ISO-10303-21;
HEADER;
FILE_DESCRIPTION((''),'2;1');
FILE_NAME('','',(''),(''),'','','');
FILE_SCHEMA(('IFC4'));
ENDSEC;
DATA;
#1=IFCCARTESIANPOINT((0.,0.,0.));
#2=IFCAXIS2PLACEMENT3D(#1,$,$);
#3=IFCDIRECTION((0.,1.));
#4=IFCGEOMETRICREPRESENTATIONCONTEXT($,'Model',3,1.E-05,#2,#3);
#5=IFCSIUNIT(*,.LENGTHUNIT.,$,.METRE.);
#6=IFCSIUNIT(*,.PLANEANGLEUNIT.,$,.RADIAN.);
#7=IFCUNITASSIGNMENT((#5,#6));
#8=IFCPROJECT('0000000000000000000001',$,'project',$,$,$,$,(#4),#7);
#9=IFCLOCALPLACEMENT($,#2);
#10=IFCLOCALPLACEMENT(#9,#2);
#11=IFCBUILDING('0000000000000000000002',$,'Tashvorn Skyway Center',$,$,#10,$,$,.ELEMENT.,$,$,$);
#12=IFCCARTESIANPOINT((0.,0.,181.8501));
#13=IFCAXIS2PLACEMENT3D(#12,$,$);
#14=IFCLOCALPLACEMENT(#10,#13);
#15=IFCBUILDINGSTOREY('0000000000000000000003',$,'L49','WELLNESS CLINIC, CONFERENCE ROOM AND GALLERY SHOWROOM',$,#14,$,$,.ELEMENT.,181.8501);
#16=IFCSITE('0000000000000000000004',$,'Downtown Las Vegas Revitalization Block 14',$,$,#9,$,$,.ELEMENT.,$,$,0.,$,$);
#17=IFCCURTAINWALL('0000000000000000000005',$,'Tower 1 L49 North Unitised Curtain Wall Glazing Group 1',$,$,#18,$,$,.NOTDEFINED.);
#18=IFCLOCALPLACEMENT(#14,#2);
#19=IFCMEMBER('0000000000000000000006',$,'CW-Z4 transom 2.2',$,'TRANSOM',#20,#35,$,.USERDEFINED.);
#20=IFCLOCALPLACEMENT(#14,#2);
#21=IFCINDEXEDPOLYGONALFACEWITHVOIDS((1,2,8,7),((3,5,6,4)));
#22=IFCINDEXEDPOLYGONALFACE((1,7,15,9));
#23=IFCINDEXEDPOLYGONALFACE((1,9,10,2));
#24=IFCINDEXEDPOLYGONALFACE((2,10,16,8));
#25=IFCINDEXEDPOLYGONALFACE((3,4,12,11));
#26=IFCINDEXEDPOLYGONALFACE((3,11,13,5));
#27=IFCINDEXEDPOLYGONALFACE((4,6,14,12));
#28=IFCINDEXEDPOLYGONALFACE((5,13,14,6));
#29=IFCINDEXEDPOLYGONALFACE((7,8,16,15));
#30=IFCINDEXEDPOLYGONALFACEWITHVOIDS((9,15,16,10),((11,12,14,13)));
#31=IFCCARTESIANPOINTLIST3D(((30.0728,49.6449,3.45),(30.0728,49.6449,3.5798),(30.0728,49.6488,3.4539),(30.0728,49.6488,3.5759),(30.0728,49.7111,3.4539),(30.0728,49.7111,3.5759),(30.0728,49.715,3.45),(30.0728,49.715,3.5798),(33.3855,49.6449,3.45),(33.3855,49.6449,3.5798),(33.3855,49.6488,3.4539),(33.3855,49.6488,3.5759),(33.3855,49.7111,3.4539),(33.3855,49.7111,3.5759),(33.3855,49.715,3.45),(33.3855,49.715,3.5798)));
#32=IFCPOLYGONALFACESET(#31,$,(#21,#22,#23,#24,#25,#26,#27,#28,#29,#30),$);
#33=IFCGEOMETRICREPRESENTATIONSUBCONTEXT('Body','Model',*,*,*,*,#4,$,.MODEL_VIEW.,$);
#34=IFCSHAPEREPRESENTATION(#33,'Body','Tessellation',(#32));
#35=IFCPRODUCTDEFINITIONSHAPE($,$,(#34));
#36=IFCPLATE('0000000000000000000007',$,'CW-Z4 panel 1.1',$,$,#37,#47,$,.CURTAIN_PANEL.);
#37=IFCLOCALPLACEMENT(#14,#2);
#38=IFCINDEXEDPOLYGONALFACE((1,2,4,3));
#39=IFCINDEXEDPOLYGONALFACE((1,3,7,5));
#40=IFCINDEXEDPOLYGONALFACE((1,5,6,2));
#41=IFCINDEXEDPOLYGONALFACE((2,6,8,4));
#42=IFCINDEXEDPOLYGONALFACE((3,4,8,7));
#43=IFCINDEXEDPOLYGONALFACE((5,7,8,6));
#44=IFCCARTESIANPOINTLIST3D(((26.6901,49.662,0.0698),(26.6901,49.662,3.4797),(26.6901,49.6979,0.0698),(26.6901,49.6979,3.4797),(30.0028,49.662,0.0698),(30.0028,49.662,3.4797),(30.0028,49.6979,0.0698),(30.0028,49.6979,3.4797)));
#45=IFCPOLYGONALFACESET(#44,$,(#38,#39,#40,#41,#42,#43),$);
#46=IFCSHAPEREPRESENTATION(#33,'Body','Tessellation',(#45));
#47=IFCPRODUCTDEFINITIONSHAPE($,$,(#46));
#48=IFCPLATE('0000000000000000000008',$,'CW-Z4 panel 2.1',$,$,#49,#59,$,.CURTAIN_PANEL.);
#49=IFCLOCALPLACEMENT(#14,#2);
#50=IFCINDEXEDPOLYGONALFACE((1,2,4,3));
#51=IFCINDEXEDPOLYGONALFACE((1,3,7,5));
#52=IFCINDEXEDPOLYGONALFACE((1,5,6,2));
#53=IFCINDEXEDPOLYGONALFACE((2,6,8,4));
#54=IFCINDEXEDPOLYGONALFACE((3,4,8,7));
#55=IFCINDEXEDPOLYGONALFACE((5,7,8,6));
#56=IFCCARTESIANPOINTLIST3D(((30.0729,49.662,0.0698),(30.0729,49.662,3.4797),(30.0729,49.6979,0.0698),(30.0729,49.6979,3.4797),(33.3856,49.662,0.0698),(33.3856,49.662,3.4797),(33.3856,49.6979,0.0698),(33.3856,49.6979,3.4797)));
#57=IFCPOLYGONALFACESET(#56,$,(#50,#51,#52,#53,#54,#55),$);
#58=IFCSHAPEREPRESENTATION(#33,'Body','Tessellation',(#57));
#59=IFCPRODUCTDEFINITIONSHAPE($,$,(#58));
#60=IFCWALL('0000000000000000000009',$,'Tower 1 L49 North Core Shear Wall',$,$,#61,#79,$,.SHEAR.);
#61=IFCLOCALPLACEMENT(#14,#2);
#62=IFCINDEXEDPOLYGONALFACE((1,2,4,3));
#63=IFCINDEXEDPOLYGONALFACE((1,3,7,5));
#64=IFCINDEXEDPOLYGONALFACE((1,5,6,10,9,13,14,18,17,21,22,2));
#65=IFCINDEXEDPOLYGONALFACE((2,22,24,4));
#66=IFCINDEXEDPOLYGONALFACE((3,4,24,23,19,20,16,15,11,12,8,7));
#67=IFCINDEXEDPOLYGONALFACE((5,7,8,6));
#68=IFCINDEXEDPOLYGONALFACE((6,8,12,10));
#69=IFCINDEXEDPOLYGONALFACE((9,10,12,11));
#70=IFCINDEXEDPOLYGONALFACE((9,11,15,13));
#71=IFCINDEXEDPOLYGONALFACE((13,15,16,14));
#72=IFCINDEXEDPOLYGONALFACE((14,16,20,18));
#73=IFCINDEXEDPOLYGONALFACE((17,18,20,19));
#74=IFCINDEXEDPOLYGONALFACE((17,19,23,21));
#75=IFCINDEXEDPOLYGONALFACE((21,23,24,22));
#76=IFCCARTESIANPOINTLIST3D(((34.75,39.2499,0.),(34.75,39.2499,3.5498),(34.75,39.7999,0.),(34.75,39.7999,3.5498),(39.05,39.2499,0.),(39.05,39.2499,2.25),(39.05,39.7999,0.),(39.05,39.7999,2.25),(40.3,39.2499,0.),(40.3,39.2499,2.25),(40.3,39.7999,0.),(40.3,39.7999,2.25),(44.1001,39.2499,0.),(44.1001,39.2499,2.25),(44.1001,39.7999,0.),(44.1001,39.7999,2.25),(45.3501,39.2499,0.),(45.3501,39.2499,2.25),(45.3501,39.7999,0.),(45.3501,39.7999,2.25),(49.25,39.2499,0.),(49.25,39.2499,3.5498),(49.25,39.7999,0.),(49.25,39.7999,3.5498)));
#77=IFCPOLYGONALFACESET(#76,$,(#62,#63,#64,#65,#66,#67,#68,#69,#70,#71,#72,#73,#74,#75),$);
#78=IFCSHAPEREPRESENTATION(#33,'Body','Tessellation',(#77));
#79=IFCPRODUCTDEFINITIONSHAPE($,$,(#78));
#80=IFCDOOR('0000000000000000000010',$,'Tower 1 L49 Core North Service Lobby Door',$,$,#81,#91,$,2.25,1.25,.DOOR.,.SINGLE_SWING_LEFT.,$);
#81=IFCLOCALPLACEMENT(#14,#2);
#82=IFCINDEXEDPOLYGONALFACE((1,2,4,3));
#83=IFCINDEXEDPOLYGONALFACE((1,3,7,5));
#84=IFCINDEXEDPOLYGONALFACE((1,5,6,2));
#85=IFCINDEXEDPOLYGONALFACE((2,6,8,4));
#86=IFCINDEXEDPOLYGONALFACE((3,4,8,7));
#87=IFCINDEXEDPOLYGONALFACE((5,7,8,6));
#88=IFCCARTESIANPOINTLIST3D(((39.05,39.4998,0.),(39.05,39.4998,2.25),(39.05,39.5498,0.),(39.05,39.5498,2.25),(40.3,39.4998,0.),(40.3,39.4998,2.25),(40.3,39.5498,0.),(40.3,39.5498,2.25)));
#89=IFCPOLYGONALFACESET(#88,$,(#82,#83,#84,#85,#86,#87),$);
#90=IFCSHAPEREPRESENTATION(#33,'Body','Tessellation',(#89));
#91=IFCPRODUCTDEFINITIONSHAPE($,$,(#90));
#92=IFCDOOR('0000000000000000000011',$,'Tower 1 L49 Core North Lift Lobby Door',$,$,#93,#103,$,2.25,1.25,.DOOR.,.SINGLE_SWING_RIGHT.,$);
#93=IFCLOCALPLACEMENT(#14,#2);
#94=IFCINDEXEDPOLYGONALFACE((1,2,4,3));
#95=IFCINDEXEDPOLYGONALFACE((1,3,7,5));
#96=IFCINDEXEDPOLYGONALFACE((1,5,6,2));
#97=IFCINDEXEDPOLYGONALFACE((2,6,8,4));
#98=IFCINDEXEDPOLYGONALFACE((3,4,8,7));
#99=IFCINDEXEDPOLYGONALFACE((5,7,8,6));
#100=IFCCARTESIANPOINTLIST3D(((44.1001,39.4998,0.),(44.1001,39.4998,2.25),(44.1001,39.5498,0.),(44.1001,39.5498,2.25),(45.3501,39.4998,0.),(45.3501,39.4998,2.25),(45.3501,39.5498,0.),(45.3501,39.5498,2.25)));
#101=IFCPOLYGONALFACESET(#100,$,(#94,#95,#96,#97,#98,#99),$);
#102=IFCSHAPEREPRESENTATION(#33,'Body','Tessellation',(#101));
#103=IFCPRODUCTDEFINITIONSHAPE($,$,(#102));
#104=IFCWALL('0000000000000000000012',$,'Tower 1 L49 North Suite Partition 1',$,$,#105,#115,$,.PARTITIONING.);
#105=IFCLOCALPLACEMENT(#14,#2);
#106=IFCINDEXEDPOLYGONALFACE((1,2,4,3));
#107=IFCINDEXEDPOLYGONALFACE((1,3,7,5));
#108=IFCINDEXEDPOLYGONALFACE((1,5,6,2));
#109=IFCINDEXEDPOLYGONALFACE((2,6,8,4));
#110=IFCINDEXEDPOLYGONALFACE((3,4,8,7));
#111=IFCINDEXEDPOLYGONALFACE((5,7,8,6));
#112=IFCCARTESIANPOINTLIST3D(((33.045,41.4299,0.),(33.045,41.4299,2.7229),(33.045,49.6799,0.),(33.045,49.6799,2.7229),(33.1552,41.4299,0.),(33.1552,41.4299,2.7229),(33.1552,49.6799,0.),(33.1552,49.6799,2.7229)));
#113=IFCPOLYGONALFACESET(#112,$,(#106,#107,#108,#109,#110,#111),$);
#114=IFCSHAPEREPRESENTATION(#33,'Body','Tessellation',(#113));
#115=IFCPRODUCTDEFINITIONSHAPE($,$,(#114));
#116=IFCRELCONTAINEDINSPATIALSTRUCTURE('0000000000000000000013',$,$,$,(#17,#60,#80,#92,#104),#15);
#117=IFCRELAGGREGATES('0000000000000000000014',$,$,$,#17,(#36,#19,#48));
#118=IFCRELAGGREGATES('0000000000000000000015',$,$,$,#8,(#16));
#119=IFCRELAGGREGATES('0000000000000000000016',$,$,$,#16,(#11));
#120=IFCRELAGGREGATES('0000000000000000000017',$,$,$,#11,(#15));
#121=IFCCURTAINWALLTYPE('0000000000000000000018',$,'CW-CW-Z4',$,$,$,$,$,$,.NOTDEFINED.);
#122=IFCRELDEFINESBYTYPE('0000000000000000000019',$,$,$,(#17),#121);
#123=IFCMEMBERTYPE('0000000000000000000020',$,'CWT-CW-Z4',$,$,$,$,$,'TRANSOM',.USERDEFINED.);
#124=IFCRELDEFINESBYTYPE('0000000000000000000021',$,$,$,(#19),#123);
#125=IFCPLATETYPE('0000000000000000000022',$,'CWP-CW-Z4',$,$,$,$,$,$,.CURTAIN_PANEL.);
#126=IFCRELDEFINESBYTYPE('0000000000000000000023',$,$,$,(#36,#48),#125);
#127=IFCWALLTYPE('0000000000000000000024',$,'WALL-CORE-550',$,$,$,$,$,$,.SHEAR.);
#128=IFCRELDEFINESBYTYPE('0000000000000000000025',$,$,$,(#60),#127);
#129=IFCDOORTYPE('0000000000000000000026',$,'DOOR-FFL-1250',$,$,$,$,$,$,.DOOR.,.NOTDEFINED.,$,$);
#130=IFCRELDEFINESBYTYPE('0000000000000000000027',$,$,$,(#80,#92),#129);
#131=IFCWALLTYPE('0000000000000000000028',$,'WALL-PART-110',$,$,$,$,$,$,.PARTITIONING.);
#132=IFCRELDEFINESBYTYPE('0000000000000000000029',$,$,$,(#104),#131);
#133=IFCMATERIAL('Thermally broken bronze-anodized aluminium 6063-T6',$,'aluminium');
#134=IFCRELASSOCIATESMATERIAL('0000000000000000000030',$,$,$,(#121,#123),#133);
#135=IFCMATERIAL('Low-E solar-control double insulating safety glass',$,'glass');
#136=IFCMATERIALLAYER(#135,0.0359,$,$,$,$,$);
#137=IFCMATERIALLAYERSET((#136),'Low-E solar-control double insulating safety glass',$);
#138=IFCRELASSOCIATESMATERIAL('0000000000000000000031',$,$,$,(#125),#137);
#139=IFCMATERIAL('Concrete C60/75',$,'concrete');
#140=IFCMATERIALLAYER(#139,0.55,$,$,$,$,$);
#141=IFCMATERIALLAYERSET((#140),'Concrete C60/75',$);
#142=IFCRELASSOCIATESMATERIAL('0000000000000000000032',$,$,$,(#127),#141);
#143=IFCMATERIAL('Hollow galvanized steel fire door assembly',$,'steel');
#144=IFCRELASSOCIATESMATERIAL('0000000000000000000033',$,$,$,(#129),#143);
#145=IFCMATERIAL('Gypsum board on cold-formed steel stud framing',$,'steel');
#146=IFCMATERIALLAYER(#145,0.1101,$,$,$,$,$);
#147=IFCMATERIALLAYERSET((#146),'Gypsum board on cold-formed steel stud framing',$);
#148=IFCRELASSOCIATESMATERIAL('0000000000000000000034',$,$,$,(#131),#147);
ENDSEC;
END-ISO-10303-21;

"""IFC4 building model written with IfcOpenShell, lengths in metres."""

from ifc_helpers import new_model, si_unit, direction, frame, frame_2d, origin, origin_2d, place, context, subcontext, project, spatial, rectangle, hollow_rectangle, extrude, material, layer, layer_set, material_profile, profile_set, type_object, element, fill, aggregate, save


model = new_model("IFC4")

# Units and contexts
model_context = context("Model", 3, precision=1e-05, world=origin(), true_north=direction((0.0, 1.0)))
body_context = subcontext(model_context, "Body", "Model", "MODEL_VIEW")
ifc_project = project(units=[si_unit("LENGTHUNIT", "METRE"), si_unit("PLANEANGLEUNIT", "RADIAN")], contexts=[model_context])

# Site, building, storey
site_placement = place(None, origin())
site = spatial("IfcSite", under=ifc_project, at=site_placement, Name="Downtown Las Vegas Revitalization Block 14", CompositionType="ELEMENT", RefElevation=0.0)
building_placement = place(site_placement, origin())
building = spatial("IfcBuilding", under=site, at=building_placement, Name="Tashvorn Skyway Center", CompositionType="ELEMENT")
storey_placement = place(building_placement, frame((0.0, 0.0, 181.8501)))
storey = spatial("IfcBuildingStorey", under=building, at=storey_placement, Name="L49", Description="WELLNESS CLINIC, CONFERENCE ROOM AND GALLERY SHOWROOM", CompositionType="ELEMENT", Elevation=181.8501)

# Curtain wall, member, plates
ifc_material_1 = material(Name="Thermally broken bronze-anodized aluminium 6063-T6", Category="aluminium")
curtain_wall_type = type_object("IfcCurtainWallType", Name="CW-CW-Z4", PredefinedType="NOTDEFINED", material=ifc_material_1)
curtain_wall_placement = place(storey_placement, origin())
curtain_wall = element("IfcCurtainWall", 1, at=curtain_wall_placement, inside=storey, type_object=curtain_wall_type, Name="Tower 1 L49 North Unitised Curtain Wall Glazing Group 1", PredefinedType="NOTDEFINED")
ifc_material_profile_1 = material_profile(ifc_material_1, hollow_rectangle(XDim=0.0701, YDim=0.1299, WallThickness=0.0039, at=origin_2d()), Name="ALU-TRAN-70x130")
ifc_profile_set_1 = profile_set([ifc_material_profile_1], Name="Thermally broken bronze-anodized aluminium 6063-T6")
member_type_1 = type_object("IfcMemberType", Name="CWT-CW-Z4", ElementType="TRANSOM", PredefinedType="USERDEFINED", material=ifc_profile_set_1)
member_1_placement = place(storey_placement, frame((30.0728, 49.6799, 3.5149), z_axis=(1.0, 0.0, 0.0), x_axis=(0.0, 1.0, 0.0)))
member_1 = element("IfcMember", 2, at=member_1_placement, type_object=member_type_1, Name="CW-Z4 transom 2.2", ObjectType="TRANSOM", PredefinedType="USERDEFINED", context=body_context, shape_type="SweptSolid", body=[
    extrude(hollow_rectangle(XDim=0.0701, YDim=0.1299, WallThickness=0.0039, at=origin_2d()), origin(), (0.0, 0.0, 1.0), 3.3127),
])
ifc_material_2 = material(Name="Low-E solar-control double insulating safety glass", Category="glass")
ifc_layer_1 = layer(ifc_material_2, 0.0359)
ifc_layer_set_1 = layer_set([ifc_layer_1], Name="Low-E solar-control double insulating safety glass")
plate_type = type_object("IfcPlateType", Name="CWP-CW-Z4", PredefinedType="CURTAIN_PANEL", material=ifc_layer_set_1)
plate_1_placement = place(storey_placement, frame((28.3464, 49.6799, 0.0698), z_axis=(0.0, 0.0, 1.0), x_axis=(1.0, 0.0, 0.0)))
plate_1 = element("IfcPlate", 3, at=plate_1_placement, type_object=plate_type, Name="CW-Z4 panel 1.1", PredefinedType="CURTAIN_PANEL", context=body_context, shape_type="SweptSolid", body=[
    extrude(rectangle(XDim=3.3127, YDim=0.0359, at=origin_2d()), origin(), (0.0, 0.0, 1.0), 3.4099),
])
plate_2_placement = place(storey_placement, frame((31.7292, 49.6799, 0.0698), z_axis=(0.0, 0.0, 1.0), x_axis=(1.0, 0.0, 0.0)))
plate_2 = element("IfcPlate", 4, at=plate_2_placement, type_object=plate_type, Name="CW-Z4 panel 2.1", PredefinedType="CURTAIN_PANEL", context=body_context, shape_type="SweptSolid", body=[
    extrude(rectangle(XDim=3.3127, YDim=0.0359, at=origin_2d()), origin(), (0.0, 0.0, 1.0), 3.4099),
])
aggregate(curtain_wall, [plate_1, member_1, plate_2])

# Wall, openings, doors
ifc_material_3 = material(Name="Concrete C60/75", Category="concrete")
ifc_layer_2 = layer(ifc_material_3, 0.55)
ifc_layer_set_2 = layer_set([ifc_layer_2], Name="Concrete C60/75")
wall_type_1 = type_object("IfcWallType", Name="WALL-CORE-550", PredefinedType="SHEAR", material=ifc_layer_set_2)
wall_1_placement = place(storey_placement, frame((34.75, 39.5249, 0.0), z_axis=(0.0, 0.0, 1.0), x_axis=(1.0, 0.0, 0.0)))
wall_1 = element("IfcWall", 5, at=wall_1_placement, inside=storey, type_object=wall_type_1, Name="Tower 1 L49 North Core Shear Wall", PredefinedType="SHEAR", context=body_context, shape_type="SweptSolid", body=[
    extrude(rectangle(XDim=14.5, YDim=0.55, at=frame_2d((7.25, 0.0))), origin(), (0.0, 0.0, 1.0), 3.5498),
])
opening_1_placement = place(wall_1_placement, frame((4.3, 0.0, 0.0)))
opening_1 = element("IfcOpeningElement", 6, at=opening_1_placement, cuts=wall_1, PredefinedType="OPENING", context=body_context, shape_type="SweptSolid", body=[
    extrude(rectangle(XDim=1.25, YDim=2.25, at=frame_2d((0.625, 1.125))), frame((0.0, 0.2849, 0.0), z_axis=(0.0, -1.0, 0.0), x_axis=(1.0, 0.0, 0.0)), (0.0, 0.0, 1.0), 0.5701),
])
opening_2_placement = place(wall_1_placement, frame((9.3501, 0.0, 0.0)))
opening_2 = element("IfcOpeningElement", 7, at=opening_2_placement, cuts=wall_1, PredefinedType="OPENING", context=body_context, shape_type="SweptSolid", body=[
    extrude(rectangle(XDim=1.25, YDim=2.25, at=frame_2d((0.625, 1.125))), frame((0.0, 0.2849, 0.0), z_axis=(0.0, -1.0, 0.0), x_axis=(1.0, 0.0, 0.0)), (0.0, 0.0, 1.0), 0.5701),
])
ifc_material_4 = material(Name="Hollow galvanized steel fire door assembly", Category="steel")
door_type_1 = type_object("IfcDoorType", Name="DOOR-FFL-1250", OperationType="NOTDEFINED", PredefinedType="DOOR", material=ifc_material_4)
door_1_placement = place(opening_1_placement, origin())
door_1 = element("IfcDoor", 8, at=door_1_placement, inside=storey, type_object=door_type_1, Name="Tower 1 L49 Core North Service Lobby Door", OperationType="SINGLE_SWING_LEFT", OverallHeight=2.25, OverallWidth=1.25, PredefinedType="DOOR", context=body_context, shape_type="SweptSolid", body=[
    extrude(rectangle(XDim=1.25, YDim=2.25, at=frame_2d((0.625, 1.125))), frame((0.0, 0.0249, 0.0), z_axis=(0.0, -1.0, 0.0), x_axis=(1.0, 0.0, 0.0)), (0.0, 0.0, 1.0), 0.05),
])
fill(opening_1, door_1)
door_2_placement = place(opening_2_placement, origin())
door_2 = element("IfcDoor", 9, at=door_2_placement, inside=storey, type_object=door_type_1, Name="Tower 1 L49 Core North Lift Lobby Door", OperationType="SINGLE_SWING_RIGHT", OverallHeight=2.25, OverallWidth=1.25, PredefinedType="DOOR", context=body_context, shape_type="SweptSolid", body=[
    extrude(rectangle(XDim=1.25, YDim=2.25, at=frame_2d((0.625, 1.125))), frame((0.0, 0.0249, 0.0), z_axis=(0.0, -1.0, 0.0), x_axis=(1.0, 0.0, 0.0)), (0.0, 0.0, 1.0), 0.05),
])
fill(opening_2, door_2)

# Wall
ifc_material_5 = material(Name="Gypsum board on cold-formed steel stud framing", Category="steel")
ifc_layer_3 = layer(ifc_material_5, 0.1101)
ifc_layer_set_3 = layer_set([ifc_layer_3], Name="Gypsum board on cold-formed steel stud framing")
wall_type_2 = type_object("IfcWallType", Name="WALL-PART-110", PredefinedType="PARTITIONING", material=ifc_layer_set_3)
wall_2_placement = place(storey_placement, frame((33.1001, 41.4299, 0.0), z_axis=(0.0, 0.0, 1.0), x_axis=(0.0, 1.0, 0.0)))
element("IfcWall", 10, at=wall_2_placement, inside=storey, type_object=wall_type_2, Name="Tower 1 L49 North Suite Partition 1", PredefinedType="PARTITIONING", context=body_context, shape_type="SweptSolid", body=[
    extrude(rectangle(XDim=8.25, YDim=0.1101, at=frame_2d((4.125, 0.0))), origin(), (0.0, 0.0, 1.0), 2.7229),
])

save(model, "model.ifc")
